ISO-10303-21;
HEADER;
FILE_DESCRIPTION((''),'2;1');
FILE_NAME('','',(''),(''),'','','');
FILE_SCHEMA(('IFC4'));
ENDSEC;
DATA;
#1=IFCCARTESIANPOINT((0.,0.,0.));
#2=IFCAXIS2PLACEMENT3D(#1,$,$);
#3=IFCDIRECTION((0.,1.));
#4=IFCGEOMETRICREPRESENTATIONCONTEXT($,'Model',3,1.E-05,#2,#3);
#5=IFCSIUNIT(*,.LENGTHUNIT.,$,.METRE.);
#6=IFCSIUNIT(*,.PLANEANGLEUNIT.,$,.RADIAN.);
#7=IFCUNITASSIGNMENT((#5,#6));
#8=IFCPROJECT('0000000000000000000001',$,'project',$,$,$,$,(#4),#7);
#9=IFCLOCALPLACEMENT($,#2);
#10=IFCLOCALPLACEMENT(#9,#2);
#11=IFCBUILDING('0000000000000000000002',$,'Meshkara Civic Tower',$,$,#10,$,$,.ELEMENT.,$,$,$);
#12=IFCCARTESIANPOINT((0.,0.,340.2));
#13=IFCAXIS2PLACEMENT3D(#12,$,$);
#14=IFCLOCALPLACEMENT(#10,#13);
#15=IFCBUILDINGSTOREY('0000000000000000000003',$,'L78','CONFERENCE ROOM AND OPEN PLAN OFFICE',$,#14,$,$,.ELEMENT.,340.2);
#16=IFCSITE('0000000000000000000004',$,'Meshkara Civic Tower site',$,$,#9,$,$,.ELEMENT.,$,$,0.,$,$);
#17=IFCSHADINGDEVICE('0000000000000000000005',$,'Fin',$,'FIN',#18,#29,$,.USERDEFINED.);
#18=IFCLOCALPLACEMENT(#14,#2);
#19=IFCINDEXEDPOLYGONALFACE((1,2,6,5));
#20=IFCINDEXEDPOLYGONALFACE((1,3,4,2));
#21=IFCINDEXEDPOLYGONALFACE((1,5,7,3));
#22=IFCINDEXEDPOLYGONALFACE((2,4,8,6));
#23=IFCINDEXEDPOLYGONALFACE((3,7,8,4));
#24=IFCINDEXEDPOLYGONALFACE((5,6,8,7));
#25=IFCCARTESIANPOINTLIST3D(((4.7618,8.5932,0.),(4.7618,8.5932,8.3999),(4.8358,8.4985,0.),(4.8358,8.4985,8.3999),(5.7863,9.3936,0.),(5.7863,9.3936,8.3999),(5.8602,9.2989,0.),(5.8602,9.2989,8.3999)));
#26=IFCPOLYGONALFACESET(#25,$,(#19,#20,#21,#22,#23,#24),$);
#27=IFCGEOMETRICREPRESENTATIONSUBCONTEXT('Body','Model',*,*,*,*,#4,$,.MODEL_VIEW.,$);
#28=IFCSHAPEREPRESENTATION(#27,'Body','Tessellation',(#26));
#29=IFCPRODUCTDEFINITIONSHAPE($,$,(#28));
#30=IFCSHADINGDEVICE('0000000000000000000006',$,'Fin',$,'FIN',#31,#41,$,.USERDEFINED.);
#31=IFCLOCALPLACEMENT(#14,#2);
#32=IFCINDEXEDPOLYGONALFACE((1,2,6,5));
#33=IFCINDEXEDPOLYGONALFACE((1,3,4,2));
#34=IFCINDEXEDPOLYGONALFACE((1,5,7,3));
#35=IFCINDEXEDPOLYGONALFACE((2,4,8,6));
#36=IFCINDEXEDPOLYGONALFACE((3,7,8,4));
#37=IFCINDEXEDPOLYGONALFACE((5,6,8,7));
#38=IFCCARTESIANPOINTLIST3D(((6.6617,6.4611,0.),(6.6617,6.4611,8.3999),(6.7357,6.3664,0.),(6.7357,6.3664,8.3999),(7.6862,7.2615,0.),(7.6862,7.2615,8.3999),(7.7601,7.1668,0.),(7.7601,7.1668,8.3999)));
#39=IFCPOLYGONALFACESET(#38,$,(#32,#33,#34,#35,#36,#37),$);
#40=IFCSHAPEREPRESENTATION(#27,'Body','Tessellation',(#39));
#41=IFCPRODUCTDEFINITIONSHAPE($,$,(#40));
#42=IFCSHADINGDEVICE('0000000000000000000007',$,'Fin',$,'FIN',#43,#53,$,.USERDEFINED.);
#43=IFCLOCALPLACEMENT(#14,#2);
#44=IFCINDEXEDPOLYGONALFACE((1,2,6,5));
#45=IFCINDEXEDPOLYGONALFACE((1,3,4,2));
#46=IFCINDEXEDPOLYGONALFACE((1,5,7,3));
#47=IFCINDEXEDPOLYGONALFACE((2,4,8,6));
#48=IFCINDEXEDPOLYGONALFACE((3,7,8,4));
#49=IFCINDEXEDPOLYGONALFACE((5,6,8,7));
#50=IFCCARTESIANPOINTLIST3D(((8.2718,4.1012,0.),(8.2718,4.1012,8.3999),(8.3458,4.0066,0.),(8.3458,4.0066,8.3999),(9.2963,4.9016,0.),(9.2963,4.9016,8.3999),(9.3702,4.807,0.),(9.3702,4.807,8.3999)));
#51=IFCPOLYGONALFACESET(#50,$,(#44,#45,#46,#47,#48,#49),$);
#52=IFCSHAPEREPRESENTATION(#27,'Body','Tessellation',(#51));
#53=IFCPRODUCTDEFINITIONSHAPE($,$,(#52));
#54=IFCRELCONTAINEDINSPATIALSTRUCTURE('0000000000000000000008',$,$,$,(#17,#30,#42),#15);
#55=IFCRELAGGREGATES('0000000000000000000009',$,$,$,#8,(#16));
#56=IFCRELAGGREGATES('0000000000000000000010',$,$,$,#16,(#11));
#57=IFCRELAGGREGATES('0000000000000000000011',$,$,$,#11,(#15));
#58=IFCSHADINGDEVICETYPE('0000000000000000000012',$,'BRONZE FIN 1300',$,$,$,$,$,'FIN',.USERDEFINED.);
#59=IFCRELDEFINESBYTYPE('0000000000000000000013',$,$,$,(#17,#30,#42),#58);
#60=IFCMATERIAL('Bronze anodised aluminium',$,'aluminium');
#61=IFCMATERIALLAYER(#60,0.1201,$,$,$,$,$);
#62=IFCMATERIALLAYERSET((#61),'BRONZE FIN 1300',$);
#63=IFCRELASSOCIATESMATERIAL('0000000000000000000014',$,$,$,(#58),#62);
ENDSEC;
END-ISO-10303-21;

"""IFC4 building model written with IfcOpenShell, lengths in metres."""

from ifc_helpers import new_model, si_unit, direction, frame, origin, origin_2d, place, context, subcontext, project, spatial, rectangle, extrude, material, layer, layer_set, type_object, element, save


model = new_model("IFC4")

# Units and contexts
model_context = context("Model", 3, precision=1e-05, world=origin(), true_north=direction((0.0, 1.0)))
body_context = subcontext(model_context, "Body", "Model", "MODEL_VIEW")
ifc_project = project(units=[si_unit("LENGTHUNIT", "METRE"), si_unit("PLANEANGLEUNIT", "RADIAN")], contexts=[model_context])

# Site, building, storey
site_placement = place(None, origin())
site = spatial("IfcSite", under=ifc_project, at=site_placement, Name="Meshkara Civic Tower site", CompositionType="ELEMENT", RefElevation=0.0)
building_placement = place(site_placement, origin())
building = spatial("IfcBuilding", under=site, at=building_placement, Name="Meshkara Civic Tower", CompositionType="ELEMENT")
storey_placement = place(building_placement, frame((0.0, 0.0, 340.2)))
storey = spatial("IfcBuildingStorey", under=building, at=storey_placement, Name="L78", Description="CONFERENCE ROOM AND OPEN PLAN OFFICE", CompositionType="ELEMENT", Elevation=340.2)

# Shading devices
ifc_material_1 = material(Name="Bronze anodised aluminium", Category="aluminium")
ifc_layer_1 = layer(ifc_material_1, 0.1201)
ifc_layer_set_1 = layer_set([ifc_layer_1], Name="BRONZE FIN 1300")
shading_device_type = type_object("IfcShadingDeviceType", Name="BRONZE FIN 1300", ElementType="FIN", PredefinedType="USERDEFINED", material=ifc_layer_set_1)
for number, where, z_axis, x_axis, name in (
    (1, (5.311, 8.946, 0.0), (0.0, 0.0, 1.0), (0.615661, -0.788011, 0.0), "Fin"),
    (2, (7.2109, 6.814, 0.0), (0.0, 0.0, 1.0), (0.615661, -0.788011, 0.0), "Fin"),
    (3, (8.821, 4.4541, 0.0), (0.0, 0.0, 1.0), (0.615661, -0.788011, 0.0), "Fin"),
):
    element("IfcShadingDevice", number, at=place(storey_placement, frame(where, z_axis=z_axis, x_axis=x_axis)), inside=storey, type_object=shading_device_type, Name=name, ObjectType="FIN", PredefinedType="USERDEFINED", context=body_context, shape_type="SweptSolid", body=[
        extrude(rectangle(XDim=0.1201, YDim=1.3, at=origin_2d()), origin(), (0.0, 0.0, 1.0), 8.3999),
    ])

save(model, "model.ifc")
